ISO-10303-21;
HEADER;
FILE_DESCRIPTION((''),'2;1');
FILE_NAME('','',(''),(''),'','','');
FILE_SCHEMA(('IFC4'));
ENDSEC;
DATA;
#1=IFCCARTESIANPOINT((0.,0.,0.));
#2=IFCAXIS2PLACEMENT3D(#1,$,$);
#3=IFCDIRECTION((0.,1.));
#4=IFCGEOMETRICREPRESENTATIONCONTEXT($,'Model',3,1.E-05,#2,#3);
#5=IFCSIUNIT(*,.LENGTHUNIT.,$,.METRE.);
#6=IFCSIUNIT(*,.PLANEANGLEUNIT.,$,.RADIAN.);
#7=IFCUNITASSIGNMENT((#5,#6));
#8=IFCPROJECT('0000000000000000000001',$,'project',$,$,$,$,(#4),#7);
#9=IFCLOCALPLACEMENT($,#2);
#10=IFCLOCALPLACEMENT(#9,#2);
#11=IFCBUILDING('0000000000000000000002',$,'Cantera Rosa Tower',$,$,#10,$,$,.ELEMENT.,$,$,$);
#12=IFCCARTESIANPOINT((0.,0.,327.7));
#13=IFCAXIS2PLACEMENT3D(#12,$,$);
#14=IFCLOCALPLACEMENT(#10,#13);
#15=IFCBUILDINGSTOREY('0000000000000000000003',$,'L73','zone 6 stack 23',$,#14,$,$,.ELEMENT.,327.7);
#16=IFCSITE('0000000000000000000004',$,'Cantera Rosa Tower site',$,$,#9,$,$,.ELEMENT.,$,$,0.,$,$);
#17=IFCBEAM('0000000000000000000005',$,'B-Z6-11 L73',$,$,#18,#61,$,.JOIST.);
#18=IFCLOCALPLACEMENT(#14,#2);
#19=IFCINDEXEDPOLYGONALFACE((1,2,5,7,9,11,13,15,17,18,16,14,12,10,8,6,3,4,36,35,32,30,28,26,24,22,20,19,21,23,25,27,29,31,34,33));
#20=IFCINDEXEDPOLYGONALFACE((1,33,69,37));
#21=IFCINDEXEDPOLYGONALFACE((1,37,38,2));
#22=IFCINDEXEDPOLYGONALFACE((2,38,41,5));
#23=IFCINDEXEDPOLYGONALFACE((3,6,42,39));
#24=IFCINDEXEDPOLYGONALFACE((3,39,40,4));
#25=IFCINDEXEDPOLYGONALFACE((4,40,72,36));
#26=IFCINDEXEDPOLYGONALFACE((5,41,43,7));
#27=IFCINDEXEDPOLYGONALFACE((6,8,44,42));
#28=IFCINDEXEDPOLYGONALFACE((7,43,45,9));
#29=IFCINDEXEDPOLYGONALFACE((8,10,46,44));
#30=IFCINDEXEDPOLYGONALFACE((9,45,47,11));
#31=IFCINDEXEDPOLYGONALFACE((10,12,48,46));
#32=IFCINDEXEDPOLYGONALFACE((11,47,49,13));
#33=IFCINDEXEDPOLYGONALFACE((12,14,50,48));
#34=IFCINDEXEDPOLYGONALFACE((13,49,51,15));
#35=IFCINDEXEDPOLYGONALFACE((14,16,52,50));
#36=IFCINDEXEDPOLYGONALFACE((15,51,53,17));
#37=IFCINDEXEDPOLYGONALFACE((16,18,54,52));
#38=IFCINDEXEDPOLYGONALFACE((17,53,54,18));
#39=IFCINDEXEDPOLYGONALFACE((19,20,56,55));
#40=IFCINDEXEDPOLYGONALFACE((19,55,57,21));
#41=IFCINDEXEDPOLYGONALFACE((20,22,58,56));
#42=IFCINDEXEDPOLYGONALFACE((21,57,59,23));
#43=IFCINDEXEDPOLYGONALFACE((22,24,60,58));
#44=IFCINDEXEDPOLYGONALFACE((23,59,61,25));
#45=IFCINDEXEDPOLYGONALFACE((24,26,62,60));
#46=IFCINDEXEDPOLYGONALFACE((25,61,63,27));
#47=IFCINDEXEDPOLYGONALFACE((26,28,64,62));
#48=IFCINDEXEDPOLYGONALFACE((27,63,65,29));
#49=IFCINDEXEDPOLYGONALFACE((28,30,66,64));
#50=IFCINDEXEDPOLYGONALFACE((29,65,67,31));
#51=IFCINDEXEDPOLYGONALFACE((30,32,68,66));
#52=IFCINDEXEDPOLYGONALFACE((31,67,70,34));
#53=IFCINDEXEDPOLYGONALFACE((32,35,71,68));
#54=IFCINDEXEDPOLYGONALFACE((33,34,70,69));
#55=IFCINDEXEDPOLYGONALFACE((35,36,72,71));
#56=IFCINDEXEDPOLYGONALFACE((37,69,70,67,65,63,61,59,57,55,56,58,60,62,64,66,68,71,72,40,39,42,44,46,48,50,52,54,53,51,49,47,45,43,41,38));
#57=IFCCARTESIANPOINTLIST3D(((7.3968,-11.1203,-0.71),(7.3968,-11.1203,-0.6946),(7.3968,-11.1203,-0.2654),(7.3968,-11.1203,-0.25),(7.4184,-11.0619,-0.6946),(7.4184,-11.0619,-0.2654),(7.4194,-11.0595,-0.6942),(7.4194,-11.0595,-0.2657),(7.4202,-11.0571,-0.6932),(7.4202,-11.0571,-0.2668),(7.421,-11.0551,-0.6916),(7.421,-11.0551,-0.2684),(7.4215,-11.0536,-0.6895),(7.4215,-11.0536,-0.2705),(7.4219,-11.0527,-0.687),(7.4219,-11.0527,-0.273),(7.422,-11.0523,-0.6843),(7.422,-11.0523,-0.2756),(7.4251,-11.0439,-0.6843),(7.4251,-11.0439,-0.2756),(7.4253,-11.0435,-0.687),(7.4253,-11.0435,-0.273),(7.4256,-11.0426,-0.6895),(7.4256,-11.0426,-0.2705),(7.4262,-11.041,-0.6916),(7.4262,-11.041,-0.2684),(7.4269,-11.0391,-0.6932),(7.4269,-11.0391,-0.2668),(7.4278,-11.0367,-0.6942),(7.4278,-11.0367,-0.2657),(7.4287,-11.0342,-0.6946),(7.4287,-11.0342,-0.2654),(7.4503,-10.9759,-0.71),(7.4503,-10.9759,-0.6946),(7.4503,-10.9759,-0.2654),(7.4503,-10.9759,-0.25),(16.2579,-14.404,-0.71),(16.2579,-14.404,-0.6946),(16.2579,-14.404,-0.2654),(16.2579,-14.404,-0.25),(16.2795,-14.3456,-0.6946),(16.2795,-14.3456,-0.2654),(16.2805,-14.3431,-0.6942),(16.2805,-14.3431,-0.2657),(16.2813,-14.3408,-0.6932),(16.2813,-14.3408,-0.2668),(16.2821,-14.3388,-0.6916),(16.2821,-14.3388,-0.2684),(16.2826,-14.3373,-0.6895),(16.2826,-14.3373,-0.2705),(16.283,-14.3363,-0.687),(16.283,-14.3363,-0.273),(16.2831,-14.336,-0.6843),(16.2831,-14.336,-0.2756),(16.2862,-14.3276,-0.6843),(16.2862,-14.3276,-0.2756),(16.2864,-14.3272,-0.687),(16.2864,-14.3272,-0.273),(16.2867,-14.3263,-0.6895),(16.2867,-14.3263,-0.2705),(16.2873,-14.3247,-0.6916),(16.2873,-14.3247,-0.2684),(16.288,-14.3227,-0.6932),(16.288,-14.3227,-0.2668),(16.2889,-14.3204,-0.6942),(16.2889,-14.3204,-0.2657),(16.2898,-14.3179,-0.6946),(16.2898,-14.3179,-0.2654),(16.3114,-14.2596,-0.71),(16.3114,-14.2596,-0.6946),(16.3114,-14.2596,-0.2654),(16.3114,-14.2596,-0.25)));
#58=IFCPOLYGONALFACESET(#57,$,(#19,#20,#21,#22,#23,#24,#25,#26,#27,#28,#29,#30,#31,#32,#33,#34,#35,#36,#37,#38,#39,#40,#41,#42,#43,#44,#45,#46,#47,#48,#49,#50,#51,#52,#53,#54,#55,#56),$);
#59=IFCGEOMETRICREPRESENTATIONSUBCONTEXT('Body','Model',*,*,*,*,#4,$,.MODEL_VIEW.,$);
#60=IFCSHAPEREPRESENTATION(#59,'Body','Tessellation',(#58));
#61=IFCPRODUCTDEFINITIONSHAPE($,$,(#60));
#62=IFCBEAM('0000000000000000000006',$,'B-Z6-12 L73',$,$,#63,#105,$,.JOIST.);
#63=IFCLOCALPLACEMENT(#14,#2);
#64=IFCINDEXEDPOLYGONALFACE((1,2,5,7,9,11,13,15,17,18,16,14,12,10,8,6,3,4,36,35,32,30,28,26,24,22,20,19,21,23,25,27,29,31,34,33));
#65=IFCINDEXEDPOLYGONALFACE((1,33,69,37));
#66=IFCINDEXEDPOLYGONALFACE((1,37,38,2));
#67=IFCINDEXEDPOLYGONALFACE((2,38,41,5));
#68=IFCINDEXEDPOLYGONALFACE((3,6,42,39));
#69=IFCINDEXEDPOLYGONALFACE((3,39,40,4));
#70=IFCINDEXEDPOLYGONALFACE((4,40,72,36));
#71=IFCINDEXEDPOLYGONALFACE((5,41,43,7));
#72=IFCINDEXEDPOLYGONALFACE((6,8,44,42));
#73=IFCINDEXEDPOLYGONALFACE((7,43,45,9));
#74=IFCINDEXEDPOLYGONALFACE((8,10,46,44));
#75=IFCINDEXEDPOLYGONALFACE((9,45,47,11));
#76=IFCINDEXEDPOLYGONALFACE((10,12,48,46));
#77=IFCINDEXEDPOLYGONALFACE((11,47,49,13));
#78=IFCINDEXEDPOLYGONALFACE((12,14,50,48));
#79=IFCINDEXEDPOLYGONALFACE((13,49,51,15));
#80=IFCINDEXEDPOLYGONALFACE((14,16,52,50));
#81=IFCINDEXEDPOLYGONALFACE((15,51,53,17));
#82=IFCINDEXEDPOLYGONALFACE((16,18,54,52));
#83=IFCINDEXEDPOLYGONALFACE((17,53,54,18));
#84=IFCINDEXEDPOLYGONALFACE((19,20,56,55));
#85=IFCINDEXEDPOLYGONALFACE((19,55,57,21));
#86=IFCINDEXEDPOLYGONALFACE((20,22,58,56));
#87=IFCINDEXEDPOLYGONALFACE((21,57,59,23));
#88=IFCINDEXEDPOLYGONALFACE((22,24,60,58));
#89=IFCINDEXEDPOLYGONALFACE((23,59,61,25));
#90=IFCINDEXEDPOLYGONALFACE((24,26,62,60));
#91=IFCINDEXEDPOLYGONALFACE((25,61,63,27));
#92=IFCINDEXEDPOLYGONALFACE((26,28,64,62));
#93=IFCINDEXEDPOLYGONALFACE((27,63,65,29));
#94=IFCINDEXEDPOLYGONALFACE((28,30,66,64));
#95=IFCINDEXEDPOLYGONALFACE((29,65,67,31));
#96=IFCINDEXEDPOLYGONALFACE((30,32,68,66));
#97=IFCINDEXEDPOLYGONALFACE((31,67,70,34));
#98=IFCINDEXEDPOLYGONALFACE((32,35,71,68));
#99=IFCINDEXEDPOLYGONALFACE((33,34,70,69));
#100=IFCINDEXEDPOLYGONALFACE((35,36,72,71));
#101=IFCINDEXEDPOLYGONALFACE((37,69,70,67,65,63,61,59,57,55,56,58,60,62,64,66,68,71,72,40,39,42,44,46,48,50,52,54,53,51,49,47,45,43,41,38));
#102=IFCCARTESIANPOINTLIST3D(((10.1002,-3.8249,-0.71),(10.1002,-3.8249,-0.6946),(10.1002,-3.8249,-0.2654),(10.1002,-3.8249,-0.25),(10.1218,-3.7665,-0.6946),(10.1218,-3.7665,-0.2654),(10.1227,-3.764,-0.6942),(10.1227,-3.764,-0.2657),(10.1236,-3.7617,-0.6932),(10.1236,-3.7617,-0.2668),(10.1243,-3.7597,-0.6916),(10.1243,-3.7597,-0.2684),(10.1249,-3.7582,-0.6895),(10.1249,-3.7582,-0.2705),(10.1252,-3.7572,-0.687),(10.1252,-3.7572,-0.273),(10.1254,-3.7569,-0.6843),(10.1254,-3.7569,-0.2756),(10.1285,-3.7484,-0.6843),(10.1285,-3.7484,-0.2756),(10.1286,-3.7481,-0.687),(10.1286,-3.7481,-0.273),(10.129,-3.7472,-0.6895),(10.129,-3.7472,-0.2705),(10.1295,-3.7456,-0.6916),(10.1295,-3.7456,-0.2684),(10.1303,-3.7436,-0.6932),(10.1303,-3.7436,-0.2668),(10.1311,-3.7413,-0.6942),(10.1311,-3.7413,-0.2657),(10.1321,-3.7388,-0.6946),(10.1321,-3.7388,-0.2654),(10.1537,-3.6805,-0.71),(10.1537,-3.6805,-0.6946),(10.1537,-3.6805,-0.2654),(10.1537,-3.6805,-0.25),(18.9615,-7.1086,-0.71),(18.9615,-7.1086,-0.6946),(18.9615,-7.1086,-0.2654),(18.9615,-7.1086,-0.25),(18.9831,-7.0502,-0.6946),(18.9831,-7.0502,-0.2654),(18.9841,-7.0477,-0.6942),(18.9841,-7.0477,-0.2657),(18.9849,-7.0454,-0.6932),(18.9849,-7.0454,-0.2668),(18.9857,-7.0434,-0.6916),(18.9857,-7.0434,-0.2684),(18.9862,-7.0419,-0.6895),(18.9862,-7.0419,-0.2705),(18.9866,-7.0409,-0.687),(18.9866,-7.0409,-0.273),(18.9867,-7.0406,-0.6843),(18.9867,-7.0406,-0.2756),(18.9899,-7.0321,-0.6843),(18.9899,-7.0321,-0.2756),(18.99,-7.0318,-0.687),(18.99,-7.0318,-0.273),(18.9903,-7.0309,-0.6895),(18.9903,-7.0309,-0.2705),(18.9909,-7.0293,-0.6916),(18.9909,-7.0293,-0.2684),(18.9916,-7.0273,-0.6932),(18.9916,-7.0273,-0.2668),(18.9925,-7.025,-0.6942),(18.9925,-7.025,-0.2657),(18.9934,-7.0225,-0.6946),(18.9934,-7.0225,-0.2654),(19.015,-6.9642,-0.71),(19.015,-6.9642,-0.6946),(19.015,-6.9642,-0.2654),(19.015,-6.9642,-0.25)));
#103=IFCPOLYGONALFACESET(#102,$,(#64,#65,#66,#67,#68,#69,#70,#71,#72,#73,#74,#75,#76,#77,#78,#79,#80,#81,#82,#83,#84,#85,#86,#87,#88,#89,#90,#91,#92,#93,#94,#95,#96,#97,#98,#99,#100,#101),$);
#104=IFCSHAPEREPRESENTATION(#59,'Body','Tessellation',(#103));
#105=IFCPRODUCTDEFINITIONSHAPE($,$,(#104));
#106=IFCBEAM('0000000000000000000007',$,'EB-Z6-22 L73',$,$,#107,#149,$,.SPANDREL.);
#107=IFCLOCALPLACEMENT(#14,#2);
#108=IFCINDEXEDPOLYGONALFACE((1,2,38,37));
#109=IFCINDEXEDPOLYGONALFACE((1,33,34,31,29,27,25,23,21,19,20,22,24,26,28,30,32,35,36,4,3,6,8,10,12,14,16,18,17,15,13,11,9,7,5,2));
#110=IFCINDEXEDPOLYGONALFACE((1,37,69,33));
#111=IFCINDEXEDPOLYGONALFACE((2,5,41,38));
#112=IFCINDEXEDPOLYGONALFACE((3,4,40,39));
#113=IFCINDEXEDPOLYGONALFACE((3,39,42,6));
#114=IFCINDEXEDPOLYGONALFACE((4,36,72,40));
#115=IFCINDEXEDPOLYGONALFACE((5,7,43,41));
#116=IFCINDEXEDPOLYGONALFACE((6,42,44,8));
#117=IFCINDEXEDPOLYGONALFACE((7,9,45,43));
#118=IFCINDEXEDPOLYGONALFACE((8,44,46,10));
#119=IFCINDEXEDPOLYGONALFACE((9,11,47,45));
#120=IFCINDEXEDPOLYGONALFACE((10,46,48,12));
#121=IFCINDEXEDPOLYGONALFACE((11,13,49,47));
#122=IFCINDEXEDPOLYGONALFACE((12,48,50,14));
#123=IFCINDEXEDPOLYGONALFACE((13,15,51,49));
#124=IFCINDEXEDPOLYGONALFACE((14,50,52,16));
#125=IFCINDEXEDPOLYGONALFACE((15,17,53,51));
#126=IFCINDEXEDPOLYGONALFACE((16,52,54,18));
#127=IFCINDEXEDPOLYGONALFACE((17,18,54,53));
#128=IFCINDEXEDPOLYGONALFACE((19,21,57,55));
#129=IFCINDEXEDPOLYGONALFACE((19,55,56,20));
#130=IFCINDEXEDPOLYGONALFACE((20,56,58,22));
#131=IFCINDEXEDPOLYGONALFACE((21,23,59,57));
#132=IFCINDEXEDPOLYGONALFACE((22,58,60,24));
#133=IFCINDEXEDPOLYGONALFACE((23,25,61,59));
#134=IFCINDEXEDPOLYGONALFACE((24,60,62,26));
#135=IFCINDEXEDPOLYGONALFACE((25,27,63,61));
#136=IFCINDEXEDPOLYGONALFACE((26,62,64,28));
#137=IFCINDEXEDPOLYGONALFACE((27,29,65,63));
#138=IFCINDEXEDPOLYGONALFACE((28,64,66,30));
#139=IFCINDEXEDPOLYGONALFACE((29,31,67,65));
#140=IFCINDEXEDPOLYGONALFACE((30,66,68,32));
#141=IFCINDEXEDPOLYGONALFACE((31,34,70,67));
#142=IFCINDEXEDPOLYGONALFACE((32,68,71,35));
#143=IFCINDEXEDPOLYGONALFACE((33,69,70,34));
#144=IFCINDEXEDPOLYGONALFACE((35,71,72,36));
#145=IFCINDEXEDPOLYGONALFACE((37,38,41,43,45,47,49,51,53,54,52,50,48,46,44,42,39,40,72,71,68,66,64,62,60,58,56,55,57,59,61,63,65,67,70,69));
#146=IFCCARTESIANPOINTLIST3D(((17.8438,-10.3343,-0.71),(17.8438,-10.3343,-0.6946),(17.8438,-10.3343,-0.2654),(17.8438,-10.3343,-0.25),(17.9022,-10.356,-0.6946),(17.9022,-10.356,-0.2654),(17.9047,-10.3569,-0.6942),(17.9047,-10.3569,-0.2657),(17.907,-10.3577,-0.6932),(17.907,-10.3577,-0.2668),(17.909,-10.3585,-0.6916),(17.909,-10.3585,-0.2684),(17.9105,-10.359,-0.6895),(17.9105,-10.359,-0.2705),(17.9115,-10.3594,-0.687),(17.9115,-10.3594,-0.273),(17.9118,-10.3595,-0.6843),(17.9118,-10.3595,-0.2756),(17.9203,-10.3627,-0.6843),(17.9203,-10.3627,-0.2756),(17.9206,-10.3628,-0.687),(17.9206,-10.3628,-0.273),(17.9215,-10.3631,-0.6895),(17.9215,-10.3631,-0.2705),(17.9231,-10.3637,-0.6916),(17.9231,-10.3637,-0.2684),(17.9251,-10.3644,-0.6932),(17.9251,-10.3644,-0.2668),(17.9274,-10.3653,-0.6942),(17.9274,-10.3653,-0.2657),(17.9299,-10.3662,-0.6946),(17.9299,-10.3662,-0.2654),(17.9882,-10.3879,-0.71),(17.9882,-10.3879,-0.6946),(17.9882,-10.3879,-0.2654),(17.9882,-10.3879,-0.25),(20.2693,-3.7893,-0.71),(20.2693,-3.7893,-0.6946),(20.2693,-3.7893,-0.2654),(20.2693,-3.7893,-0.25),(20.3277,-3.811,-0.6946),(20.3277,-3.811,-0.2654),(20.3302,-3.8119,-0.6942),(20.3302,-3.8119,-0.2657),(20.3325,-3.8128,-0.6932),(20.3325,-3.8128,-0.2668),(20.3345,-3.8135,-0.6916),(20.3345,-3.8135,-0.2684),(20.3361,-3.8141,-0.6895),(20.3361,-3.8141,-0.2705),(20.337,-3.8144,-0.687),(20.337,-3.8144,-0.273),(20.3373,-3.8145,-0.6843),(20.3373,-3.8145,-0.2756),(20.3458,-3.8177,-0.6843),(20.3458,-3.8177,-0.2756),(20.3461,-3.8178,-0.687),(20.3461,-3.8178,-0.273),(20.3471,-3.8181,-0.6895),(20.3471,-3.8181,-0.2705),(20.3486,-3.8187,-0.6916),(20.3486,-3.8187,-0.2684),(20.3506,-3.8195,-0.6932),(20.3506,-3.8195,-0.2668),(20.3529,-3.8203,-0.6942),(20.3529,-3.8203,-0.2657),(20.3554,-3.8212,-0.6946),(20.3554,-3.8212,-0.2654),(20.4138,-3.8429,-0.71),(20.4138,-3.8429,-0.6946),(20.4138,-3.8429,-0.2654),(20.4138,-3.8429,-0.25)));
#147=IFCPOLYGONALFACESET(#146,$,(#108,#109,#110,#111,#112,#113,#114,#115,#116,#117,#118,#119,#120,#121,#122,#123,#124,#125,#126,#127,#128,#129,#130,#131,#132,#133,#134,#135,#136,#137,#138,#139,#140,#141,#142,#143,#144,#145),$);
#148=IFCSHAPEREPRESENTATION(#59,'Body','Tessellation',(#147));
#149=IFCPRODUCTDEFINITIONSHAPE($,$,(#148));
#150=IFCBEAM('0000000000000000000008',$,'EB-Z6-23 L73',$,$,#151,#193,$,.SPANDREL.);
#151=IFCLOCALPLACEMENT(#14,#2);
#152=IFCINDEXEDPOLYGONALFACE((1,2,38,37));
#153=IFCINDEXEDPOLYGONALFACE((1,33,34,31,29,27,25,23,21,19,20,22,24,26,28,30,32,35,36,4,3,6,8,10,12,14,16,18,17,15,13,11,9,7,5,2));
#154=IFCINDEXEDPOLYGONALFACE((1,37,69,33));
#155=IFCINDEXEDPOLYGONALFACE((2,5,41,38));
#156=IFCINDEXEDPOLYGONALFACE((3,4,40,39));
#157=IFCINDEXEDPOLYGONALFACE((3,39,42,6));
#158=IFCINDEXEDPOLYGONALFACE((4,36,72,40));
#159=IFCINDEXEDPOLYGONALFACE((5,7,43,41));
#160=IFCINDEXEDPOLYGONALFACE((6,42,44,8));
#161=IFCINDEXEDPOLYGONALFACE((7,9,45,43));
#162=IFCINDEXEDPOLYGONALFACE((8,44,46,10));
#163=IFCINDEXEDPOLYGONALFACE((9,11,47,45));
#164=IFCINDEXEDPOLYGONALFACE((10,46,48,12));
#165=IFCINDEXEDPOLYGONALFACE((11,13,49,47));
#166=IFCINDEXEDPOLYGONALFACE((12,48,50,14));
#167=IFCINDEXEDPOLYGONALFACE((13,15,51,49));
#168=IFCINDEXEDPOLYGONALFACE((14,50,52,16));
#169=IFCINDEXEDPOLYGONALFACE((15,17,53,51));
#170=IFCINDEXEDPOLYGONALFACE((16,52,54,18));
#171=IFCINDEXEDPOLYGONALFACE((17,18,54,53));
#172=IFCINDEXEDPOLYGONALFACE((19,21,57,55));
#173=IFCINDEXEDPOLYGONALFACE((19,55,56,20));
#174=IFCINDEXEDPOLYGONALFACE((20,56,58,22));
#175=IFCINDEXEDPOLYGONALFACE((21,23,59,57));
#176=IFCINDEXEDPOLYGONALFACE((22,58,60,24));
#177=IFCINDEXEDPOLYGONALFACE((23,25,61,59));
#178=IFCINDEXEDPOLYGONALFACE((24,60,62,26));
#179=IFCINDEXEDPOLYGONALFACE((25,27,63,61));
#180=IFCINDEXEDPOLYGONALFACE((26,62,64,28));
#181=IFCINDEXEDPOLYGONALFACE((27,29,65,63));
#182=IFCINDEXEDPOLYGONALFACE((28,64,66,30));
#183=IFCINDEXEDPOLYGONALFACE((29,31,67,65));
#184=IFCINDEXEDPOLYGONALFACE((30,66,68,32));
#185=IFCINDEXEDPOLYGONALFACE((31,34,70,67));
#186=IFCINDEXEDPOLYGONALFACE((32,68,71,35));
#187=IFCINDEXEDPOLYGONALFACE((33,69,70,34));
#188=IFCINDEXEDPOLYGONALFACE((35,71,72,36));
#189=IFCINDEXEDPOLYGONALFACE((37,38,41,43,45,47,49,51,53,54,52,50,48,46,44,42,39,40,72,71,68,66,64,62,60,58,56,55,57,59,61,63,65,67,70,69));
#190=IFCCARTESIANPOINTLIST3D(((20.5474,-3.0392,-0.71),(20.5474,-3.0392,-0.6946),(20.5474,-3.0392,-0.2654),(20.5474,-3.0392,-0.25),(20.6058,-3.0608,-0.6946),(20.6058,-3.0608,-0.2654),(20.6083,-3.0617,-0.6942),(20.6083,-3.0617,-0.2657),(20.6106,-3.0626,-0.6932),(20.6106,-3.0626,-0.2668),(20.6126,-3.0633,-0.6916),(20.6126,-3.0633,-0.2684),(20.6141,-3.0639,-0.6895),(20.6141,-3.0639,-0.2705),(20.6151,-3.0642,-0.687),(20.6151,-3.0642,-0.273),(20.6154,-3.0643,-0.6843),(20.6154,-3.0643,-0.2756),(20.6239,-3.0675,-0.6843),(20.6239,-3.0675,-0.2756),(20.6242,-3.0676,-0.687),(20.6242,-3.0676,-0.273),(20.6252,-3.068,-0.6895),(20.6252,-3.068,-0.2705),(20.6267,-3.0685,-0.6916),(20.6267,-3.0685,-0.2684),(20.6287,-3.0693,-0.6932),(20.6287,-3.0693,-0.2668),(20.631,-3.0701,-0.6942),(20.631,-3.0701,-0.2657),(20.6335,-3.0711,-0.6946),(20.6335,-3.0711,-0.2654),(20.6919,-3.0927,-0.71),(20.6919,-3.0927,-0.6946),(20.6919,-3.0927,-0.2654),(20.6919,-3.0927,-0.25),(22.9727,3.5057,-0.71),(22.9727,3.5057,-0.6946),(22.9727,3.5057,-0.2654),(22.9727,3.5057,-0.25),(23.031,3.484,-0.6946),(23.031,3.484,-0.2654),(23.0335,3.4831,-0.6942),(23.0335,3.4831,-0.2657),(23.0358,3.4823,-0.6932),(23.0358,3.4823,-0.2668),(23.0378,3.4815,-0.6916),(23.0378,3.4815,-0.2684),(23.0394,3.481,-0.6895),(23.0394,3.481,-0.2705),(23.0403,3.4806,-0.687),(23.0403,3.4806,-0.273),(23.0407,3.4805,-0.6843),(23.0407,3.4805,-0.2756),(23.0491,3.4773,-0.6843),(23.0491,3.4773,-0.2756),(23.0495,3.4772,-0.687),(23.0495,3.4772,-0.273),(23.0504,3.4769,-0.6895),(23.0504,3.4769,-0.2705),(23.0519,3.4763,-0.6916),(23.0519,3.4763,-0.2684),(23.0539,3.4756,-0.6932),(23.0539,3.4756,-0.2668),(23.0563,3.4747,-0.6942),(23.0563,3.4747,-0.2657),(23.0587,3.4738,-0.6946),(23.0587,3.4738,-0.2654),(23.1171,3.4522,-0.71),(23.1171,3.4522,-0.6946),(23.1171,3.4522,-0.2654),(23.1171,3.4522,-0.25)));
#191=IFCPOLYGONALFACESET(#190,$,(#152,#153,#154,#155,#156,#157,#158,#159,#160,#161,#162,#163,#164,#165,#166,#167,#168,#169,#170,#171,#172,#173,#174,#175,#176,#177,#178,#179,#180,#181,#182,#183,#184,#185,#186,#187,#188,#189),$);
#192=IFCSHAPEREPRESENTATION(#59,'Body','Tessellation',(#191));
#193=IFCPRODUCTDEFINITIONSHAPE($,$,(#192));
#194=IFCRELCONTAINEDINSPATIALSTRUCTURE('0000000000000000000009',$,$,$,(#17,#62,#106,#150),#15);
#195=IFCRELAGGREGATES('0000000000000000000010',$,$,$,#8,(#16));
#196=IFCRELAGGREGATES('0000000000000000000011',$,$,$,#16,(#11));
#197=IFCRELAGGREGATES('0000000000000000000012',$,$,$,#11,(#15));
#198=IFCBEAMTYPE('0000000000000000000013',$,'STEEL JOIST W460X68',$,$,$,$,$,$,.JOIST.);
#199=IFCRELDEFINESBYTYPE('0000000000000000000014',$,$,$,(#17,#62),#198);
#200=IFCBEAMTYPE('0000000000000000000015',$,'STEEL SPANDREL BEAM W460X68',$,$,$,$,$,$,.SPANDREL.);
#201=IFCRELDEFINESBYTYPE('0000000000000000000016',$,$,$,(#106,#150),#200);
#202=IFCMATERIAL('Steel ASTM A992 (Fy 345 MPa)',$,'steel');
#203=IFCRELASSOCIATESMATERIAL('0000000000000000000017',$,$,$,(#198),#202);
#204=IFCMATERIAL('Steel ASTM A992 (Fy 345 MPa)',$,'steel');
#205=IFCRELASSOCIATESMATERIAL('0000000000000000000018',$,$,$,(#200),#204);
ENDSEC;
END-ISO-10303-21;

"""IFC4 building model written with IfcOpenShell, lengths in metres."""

from ifc_helpers import new_model, si_unit, direction, frame, origin, origin_2d, place, context, subcontext, project, spatial, i_section, extrude, material, material_profile, profile_set, type_object, element, save


model = new_model("IFC4")

# Units and contexts
model_context = context("Model", 3, precision=1e-05, world=origin(), true_north=direction((0.0, 1.0)))
body_context = subcontext(model_context, "Body", "Model", "MODEL_VIEW")
ifc_project = project(units=[si_unit("LENGTHUNIT", "METRE"), si_unit("PLANEANGLEUNIT", "RADIAN")], contexts=[model_context])

# Site, building, storey
site_placement = place(None, origin())
site = spatial("IfcSite", under=ifc_project, at=site_placement, Name="Cantera Rosa Tower site", CompositionType="ELEMENT", RefElevation=0.0)
building_placement = place(site_placement, origin())
building = spatial("IfcBuilding", under=site, at=building_placement, Name="Cantera Rosa Tower", CompositionType="ELEMENT")
storey_placement = place(building_placement, frame((0.0, 0.0, 327.7)))
storey = spatial("IfcBuildingStorey", under=building, at=storey_placement, Name="L73", Description="zone 6 stack 23", CompositionType="ELEMENT", Elevation=327.7)

# Beams
ifc_material_1 = material(Name="Steel ASTM A992 (Fy 345 MPa)", Category="steel")
ifc_material_profile_1 = material_profile(ifc_material_1, i_section(OverallWidth=0.1541, OverallDepth=0.46, WebThickness=0.009, FlangeThickness=0.0154, FilletRadius=0.0103, at=origin_2d()), Name="W460X68")
ifc_profile_set_1 = profile_set([ifc_material_profile_1], Name="Steel ASTM A992 (Fy 345 MPa)")
beam_type_1 = type_object("IfcBeamType", Name="STEEL JOIST W460X68", PredefinedType="JOIST", material=ifc_profile_set_1)
beam_1_placement = place(storey_placement, frame((16.2847, -14.3318, -0.48), z_axis=(-0.937686, 0.347483, 0.0), x_axis=(-0.347483, -0.937686, 0.0)))
element("IfcBeam", 1, at=beam_1_placement, inside=storey, type_object=beam_type_1, Name="B-Z6-11 L73", PredefinedType="JOIST", context=body_context, shape_type="SweptSolid", body=[
    extrude(i_section(OverallWidth=0.1541, OverallDepth=0.46, WebThickness=0.009, FlangeThickness=0.0154, FilletRadius=0.0103, at=origin_2d()), origin(), (0.0, 0.0, 1.0), 9.45),
])
beam_2_placement = place(storey_placement, frame((18.9883, -7.0364, -0.48), z_axis=(-0.93769, 0.347474, 0.0), x_axis=(-0.347474, -0.93769, 0.0)))
element("IfcBeam", 2, at=beam_2_placement, inside=storey, type_object=beam_type_1, Name="B-Z6-12 L73", PredefinedType="JOIST", context=body_context, shape_type="SweptSolid", body=[
    extrude(i_section(OverallWidth=0.1541, OverallDepth=0.46, WebThickness=0.009, FlangeThickness=0.0154, FilletRadius=0.0103, at=origin_2d()), origin(), (0.0, 0.0, 1.0), 9.4502),
])
ifc_material_2 = material(Name="Steel ASTM A992 (Fy 345 MPa)", Category="steel")
ifc_material_profile_2 = material_profile(ifc_material_2, i_section(OverallWidth=0.1541, OverallDepth=0.46, WebThickness=0.009, FlangeThickness=0.0154, FilletRadius=0.0103, at=origin_2d()), Name="W460X68")
ifc_profile_set_2 = profile_set([ifc_material_profile_2], Name="Steel ASTM A992 (Fy 345 MPa)")
beam_type_2 = type_object("IfcBeamType", Name="STEEL SPANDREL BEAM W460X68", PredefinedType="SPANDREL", material=ifc_profile_set_2)
beam_3_placement = place(storey_placement, frame((17.916, -10.3611, -0.48), z_axis=(0.347502, 0.937679, 0.0), x_axis=(-0.937679, 0.347502, 0.0)))
element("IfcBeam", 3, at=beam_3_placement, inside=storey, type_object=beam_type_2, Name="EB-Z6-22 L73", PredefinedType="SPANDREL", context=body_context, shape_type="SweptSolid", body=[
    extrude(i_section(OverallWidth=0.1541, OverallDepth=0.46, WebThickness=0.009, FlangeThickness=0.0154, FilletRadius=0.0103, at=origin_2d()), origin(), (0.0, 0.0, 1.0), 6.98),
])
beam_4_placement = place(storey_placement, frame((20.6196, -3.0659, -0.48), z_axis=(0.347472, 0.937691, 0.0), x_axis=(-0.937691, 0.347472, 0.0)))
element("IfcBeam", 4, at=beam_4_placement, inside=storey, type_object=beam_type_2, Name="EB-Z6-23 L73", PredefinedType="SPANDREL", context=body_context, shape_type="SweptSolid", body=[
    extrude(i_section(OverallWidth=0.1541, OverallDepth=0.46, WebThickness=0.009, FlangeThickness=0.0154, FilletRadius=0.0103, at=origin_2d()), origin(), (0.0, 0.0, 1.0), 6.9797),
])

save(model, "model.ifc")
